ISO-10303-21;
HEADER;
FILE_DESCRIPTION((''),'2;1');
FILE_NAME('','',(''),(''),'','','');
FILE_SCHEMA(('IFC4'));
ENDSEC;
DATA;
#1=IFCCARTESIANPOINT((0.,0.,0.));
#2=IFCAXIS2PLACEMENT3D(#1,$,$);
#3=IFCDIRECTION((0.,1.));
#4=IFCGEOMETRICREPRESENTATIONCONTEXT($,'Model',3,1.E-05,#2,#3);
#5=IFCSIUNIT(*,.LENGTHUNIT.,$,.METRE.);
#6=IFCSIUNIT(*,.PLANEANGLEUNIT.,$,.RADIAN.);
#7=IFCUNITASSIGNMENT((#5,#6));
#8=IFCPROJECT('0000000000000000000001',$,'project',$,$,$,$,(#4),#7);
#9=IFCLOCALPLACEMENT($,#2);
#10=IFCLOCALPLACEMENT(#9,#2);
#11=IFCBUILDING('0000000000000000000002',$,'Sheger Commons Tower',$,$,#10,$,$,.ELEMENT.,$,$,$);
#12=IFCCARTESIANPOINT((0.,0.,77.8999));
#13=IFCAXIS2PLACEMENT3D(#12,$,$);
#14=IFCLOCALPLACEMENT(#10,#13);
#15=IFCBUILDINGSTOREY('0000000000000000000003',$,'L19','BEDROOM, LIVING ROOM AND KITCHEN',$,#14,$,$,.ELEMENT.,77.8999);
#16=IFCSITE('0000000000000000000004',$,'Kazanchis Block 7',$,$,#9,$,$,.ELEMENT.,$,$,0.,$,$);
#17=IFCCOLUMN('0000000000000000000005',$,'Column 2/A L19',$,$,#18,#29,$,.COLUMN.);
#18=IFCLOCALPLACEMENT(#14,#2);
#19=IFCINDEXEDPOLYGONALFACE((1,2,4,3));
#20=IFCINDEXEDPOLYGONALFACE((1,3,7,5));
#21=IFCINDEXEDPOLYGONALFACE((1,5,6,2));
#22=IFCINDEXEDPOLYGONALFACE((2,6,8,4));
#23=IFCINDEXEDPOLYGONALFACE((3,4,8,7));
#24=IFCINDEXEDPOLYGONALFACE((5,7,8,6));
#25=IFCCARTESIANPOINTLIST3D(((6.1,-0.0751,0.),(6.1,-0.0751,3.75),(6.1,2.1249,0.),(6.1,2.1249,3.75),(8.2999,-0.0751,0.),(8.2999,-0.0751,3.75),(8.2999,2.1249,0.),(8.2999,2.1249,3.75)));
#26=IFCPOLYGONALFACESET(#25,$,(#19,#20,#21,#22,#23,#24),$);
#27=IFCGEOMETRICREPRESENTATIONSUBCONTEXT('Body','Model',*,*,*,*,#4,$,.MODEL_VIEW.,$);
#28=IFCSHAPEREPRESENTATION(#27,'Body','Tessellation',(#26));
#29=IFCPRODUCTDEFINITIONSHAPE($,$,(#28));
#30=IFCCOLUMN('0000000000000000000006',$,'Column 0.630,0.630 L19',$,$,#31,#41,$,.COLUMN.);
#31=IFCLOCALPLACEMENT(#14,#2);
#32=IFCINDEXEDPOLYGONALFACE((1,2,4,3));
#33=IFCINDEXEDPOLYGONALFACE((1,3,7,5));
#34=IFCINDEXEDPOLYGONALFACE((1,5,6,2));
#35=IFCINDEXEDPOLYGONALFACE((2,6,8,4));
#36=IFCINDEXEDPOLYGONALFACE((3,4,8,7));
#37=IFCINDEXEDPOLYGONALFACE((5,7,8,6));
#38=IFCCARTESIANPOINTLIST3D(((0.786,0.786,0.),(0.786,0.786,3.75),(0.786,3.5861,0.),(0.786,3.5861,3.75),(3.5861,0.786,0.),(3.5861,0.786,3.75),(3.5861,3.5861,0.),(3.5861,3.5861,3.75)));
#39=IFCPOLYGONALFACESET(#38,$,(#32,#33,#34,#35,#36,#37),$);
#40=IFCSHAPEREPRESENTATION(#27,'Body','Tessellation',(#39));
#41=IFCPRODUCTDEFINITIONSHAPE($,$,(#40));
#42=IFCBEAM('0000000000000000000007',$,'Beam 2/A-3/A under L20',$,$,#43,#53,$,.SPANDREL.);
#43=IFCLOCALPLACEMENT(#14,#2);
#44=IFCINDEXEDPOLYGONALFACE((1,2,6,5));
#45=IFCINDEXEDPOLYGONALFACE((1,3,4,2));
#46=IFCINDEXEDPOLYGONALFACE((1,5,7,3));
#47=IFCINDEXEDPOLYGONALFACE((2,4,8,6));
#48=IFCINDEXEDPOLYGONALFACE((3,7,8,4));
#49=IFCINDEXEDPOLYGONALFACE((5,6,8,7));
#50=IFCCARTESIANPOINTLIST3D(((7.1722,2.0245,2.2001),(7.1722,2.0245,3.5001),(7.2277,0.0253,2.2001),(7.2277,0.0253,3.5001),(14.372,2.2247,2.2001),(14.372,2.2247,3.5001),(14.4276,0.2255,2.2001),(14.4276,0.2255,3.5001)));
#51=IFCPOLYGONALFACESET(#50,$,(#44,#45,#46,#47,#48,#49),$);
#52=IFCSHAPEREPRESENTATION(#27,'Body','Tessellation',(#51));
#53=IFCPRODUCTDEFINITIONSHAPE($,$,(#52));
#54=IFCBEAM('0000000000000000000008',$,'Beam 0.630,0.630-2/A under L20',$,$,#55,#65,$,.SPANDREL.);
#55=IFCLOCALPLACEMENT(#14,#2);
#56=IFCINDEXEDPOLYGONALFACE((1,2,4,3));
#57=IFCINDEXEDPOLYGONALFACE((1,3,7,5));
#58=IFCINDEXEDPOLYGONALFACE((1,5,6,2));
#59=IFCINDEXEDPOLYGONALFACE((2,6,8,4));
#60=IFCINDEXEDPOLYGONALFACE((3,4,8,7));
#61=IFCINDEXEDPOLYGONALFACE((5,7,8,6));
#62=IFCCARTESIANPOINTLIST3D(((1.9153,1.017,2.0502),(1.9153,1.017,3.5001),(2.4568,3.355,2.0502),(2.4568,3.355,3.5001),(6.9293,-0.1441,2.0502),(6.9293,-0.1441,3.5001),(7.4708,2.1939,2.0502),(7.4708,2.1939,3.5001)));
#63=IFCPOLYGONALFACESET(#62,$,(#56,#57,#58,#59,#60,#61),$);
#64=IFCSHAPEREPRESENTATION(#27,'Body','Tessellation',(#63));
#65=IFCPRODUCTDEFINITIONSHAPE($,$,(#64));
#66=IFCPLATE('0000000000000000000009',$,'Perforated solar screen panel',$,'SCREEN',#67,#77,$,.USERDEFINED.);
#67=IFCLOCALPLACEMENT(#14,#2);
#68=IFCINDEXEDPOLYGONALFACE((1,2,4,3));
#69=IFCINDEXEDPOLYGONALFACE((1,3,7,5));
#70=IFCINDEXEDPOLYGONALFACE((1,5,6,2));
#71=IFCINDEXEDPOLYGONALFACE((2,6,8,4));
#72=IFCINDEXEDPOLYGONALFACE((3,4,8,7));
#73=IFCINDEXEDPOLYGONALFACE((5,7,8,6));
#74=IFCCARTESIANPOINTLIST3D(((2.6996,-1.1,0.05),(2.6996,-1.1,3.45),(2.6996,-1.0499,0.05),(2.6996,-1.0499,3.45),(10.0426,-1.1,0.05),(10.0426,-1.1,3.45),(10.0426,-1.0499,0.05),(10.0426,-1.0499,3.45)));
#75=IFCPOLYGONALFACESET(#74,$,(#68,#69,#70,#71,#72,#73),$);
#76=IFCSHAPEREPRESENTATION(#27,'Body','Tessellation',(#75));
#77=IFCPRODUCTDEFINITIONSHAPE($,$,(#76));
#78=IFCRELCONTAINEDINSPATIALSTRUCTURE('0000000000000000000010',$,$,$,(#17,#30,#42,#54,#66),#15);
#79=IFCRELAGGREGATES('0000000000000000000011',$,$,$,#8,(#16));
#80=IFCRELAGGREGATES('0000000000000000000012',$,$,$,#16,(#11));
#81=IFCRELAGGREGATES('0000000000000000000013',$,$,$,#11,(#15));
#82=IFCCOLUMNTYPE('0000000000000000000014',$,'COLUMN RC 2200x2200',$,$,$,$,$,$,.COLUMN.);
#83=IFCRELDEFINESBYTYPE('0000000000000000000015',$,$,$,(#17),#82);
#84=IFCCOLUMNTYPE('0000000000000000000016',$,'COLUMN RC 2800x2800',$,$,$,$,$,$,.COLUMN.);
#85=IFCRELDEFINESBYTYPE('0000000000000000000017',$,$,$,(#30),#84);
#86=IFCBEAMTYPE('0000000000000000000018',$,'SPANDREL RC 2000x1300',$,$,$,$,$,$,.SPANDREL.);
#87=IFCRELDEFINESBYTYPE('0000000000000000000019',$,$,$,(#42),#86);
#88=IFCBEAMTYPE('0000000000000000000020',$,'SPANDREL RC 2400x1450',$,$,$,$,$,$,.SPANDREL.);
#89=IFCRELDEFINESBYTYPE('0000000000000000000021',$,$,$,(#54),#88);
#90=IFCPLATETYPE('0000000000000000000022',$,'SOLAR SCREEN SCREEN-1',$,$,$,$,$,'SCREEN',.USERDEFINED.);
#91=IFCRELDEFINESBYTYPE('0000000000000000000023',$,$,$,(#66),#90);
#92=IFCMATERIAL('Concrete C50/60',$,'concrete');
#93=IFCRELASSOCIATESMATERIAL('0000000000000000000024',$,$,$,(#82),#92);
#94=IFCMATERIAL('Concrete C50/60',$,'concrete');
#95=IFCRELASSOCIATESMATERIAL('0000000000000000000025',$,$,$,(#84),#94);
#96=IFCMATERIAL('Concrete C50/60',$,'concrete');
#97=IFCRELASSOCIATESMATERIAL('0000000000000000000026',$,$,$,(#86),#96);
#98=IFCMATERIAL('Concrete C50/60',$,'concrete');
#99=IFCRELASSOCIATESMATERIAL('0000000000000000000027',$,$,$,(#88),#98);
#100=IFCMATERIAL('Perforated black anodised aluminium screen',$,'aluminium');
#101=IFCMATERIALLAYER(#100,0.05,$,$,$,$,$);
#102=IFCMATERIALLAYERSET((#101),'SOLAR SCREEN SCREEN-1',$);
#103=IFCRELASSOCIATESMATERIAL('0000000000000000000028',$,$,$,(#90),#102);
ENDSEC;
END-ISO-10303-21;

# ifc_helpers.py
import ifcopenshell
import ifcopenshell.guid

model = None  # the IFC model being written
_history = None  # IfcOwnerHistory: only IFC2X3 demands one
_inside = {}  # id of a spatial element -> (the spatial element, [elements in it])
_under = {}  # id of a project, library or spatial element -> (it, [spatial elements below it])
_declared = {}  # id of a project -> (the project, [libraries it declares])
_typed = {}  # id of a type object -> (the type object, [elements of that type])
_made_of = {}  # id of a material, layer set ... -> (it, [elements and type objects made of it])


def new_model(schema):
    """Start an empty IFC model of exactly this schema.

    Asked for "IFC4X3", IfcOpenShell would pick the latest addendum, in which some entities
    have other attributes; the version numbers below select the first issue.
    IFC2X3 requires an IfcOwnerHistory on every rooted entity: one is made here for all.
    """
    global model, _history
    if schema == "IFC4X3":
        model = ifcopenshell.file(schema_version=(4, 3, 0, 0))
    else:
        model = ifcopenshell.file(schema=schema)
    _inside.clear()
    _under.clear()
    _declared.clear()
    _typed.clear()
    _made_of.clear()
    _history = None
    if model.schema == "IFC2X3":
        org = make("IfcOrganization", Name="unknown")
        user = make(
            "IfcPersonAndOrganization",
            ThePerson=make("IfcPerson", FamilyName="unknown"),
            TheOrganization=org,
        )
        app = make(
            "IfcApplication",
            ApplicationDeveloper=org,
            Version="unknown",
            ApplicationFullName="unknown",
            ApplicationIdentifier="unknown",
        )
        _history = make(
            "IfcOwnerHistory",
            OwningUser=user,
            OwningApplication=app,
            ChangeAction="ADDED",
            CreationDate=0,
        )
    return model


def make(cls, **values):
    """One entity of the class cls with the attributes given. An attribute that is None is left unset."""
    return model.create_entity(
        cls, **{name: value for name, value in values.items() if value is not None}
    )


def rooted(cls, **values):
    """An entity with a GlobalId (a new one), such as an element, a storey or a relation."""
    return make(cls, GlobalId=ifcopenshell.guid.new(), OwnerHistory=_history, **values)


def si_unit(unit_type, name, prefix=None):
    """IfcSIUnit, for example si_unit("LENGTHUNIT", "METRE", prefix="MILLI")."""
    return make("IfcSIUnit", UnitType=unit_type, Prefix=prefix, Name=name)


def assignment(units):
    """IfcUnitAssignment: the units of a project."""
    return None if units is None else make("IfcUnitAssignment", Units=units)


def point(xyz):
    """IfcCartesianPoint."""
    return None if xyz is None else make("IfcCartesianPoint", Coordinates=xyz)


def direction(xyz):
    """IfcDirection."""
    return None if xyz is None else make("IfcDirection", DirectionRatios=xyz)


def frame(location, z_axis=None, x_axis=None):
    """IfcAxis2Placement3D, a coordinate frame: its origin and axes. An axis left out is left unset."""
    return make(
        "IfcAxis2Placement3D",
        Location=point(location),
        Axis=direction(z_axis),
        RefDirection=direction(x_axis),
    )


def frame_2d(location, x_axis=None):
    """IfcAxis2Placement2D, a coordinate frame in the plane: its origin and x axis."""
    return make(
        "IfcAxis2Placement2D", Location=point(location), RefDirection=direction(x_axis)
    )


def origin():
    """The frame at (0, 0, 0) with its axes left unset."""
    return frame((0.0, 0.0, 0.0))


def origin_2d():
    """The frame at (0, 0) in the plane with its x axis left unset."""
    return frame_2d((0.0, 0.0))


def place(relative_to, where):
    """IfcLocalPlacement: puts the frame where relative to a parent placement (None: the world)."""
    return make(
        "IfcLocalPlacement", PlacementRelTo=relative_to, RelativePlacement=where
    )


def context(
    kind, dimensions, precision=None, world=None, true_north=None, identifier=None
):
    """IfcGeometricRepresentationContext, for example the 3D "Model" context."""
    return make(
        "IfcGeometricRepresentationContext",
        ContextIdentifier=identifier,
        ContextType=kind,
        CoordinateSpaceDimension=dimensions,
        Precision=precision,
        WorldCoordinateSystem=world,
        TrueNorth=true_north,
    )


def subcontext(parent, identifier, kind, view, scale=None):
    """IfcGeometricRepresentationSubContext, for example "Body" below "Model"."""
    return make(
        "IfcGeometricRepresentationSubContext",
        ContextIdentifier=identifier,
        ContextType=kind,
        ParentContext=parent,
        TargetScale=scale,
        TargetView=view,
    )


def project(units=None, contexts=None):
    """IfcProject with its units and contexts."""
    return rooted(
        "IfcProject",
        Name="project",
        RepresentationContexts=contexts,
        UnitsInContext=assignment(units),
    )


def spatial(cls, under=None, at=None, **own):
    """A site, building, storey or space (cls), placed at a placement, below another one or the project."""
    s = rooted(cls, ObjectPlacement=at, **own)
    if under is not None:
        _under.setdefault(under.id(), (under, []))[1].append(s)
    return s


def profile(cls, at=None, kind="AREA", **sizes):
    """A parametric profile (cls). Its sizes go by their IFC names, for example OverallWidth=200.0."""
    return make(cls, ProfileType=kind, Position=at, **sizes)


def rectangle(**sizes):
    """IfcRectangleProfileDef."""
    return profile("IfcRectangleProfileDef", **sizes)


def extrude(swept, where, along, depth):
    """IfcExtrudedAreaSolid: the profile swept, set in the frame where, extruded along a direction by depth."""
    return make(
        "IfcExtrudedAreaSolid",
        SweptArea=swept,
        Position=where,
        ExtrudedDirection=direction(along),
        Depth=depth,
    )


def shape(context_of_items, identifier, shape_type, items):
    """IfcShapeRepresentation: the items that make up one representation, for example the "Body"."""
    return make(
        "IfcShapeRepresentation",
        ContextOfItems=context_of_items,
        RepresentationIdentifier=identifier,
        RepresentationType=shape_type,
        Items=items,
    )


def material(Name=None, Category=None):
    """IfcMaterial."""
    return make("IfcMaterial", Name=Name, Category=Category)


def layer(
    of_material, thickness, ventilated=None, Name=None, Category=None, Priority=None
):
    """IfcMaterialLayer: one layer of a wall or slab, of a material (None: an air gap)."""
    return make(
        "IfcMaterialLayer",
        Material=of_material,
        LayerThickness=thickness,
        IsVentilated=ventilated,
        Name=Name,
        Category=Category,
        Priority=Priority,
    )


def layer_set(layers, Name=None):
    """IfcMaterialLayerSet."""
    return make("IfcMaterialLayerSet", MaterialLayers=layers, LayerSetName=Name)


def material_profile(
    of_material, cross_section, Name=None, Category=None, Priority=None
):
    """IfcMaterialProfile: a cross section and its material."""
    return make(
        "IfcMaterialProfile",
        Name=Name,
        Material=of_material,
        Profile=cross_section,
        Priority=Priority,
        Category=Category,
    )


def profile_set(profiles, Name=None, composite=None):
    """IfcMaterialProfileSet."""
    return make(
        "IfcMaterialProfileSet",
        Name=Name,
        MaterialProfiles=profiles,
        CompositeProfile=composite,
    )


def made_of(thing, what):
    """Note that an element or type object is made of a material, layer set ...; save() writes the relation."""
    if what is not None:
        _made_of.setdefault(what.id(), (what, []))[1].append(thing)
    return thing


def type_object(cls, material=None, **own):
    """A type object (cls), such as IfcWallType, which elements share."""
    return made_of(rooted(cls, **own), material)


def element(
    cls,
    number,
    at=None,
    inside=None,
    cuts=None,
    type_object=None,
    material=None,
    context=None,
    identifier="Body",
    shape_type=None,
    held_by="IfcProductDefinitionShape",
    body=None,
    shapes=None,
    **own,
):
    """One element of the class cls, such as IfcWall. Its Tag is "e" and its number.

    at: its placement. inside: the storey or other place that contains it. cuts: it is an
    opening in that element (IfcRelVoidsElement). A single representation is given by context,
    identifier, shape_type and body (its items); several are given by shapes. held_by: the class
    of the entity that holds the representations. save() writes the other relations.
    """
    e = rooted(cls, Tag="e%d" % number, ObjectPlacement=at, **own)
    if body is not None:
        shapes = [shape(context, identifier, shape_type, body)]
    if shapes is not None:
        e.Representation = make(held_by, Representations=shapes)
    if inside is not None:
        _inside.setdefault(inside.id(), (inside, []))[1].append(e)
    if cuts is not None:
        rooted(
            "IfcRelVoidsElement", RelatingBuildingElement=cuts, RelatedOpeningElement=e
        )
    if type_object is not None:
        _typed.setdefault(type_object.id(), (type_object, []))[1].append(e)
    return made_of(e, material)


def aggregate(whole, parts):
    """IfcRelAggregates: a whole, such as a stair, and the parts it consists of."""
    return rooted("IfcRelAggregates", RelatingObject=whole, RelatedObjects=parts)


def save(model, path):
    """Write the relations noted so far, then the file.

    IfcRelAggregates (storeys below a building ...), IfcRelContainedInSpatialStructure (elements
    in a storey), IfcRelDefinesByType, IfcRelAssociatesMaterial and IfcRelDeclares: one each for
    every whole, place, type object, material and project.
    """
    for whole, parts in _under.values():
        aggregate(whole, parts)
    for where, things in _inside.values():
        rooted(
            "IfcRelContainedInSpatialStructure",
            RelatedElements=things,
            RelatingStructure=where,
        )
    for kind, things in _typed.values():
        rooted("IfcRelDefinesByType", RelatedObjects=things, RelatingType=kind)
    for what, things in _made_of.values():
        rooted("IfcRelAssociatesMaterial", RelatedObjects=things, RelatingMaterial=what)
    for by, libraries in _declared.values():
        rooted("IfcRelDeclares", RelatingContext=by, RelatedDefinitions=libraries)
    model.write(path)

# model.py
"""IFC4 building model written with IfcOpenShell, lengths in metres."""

from ifc_helpers import new_model, si_unit, direction, frame, origin, origin_2d, place, context, subcontext, project, spatial, rectangle, extrude, material, layer, layer_set, material_profile, profile_set, type_object, element, save


model = new_model("IFC4")

# Units and contexts
model_context = context("Model", 3, precision=1e-05, world=origin(), true_north=direction((0.0, 1.0)))
body_context = subcontext(model_context, "Body", "Model", "MODEL_VIEW")
ifc_project = project(units=[si_unit("LENGTHUNIT", "METRE"), si_unit("PLANEANGLEUNIT", "RADIAN")], contexts=[model_context])

# Site, building, storey
site_placement = place(None, origin())
site = spatial("IfcSite", under=ifc_project, at=site_placement, Name="Kazanchis Block 7", CompositionType="ELEMENT", RefElevation=0.0)
building_placement = place(site_placement, origin())
building = spatial("IfcBuilding", under=site, at=building_placement, Name="Sheger Commons Tower", CompositionType="ELEMENT")
storey_placement = place(building_placement, frame((0.0, 0.0, 77.8999)))
storey = spatial("IfcBuildingStorey", under=building, at=storey_placement, Name="L19", Description="BEDROOM, LIVING ROOM AND KITCHEN", CompositionType="ELEMENT", Elevation=77.8999)

# Columns
ifc_material_1 = material(Name="Concrete C50/60", Category="concrete")
ifc_material_profile_1 = material_profile(ifc_material_1, rectangle(XDim=2.2, YDim=2.2, at=origin_2d()), Name="RC 2200x2200")
ifc_profile_set_1 = profile_set([ifc_material_profile_1], Name="Concrete C50/60")
column_type_1 = type_object("IfcColumnType", Name="COLUMN RC 2200x2200", PredefinedType="COLUMN", material=ifc_profile_set_1)
column_1_placement = place(storey_placement, frame((7.2, 1.0249, 0.0), z_axis=(0.0, 0.0, 1.0), x_axis=(1.0, 0.0, 0.0)))
element("IfcColumn", 1, at=column_1_placement, inside=storey, type_object=column_type_1, Name="Column 2/A L19", PredefinedType="COLUMN", context=body_context, shape_type="SweptSolid", body=[
    extrude(rectangle(XDim=2.2, YDim=2.2, at=origin_2d()), origin(), (0.0, 0.0, 1.0), 3.75),
])
ifc_material_2 = material(Name="Concrete C50/60", Category="concrete")
ifc_material_profile_2 = material_profile(ifc_material_2, rectangle(XDim=2.8, YDim=2.8, at=origin_2d()), Name="RC 2800x2800")
ifc_profile_set_2 = profile_set([ifc_material_profile_2], Name="Concrete C50/60")
column_type_2 = type_object("IfcColumnType", Name="COLUMN RC 2800x2800", PredefinedType="COLUMN", material=ifc_profile_set_2)
column_2_placement = place(storey_placement, frame((2.186, 2.186, 0.0), z_axis=(0.0, 0.0, 1.0), x_axis=(1.0, 0.0, 0.0)))
element("IfcColumn", 2, at=column_2_placement, inside=storey, type_object=column_type_2, Name="Column 0.630,0.630 L19", PredefinedType="COLUMN", context=body_context, shape_type="SweptSolid", body=[
    extrude(rectangle(XDim=2.8, YDim=2.8, at=origin_2d()), origin(), (0.0, 0.0, 1.0), 3.75),
])

# Beams
ifc_material_3 = material(Name="Concrete C50/60", Category="concrete")
ifc_material_profile_3 = material_profile(ifc_material_3, rectangle(XDim=2.0, YDim=1.3, at=origin_2d()), Name="RC 2000x1300")
ifc_profile_set_3 = profile_set([ifc_material_profile_3], Name="Concrete C50/60")
beam_type_1 = type_object("IfcBeamType", Name="SPANDREL RC 2000x1300", PredefinedType="SPANDREL", material=ifc_profile_set_3)
beam_1_placement = place(storey_placement, frame((7.2, 1.0249, 2.8501), z_axis=(0.999614, 0.027794, 0.0), x_axis=(-0.027794, 0.999614, 0.0)))
element("IfcBeam", 3, at=beam_1_placement, inside=storey, type_object=beam_type_1, Name="Beam 2/A-3/A under L20", PredefinedType="SPANDREL", context=body_context, shape_type="SweptSolid", body=[
    extrude(rectangle(XDim=2.0, YDim=1.3, at=origin_2d()), origin(), (0.0, 0.0, 1.0), 7.2026),
])
ifc_material_4 = material(Name="Concrete C50/60", Category="concrete")
ifc_material_profile_4 = material_profile(ifc_material_4, rectangle(XDim=2.3999, YDim=1.45, at=origin_2d()), Name="RC 2400x1450")
ifc_profile_set_4 = profile_set([ifc_material_profile_4], Name="Concrete C50/60")
beam_type_2 = type_object("IfcBeamType", Name="SPANDREL RC 2400x1450", PredefinedType="SPANDREL", material=ifc_profile_set_4)
beam_2_placement = place(storey_placement, frame((2.186, 2.186, 2.7751), z_axis=(0.974217, -0.225611, 0.0), x_axis=(0.225611, 0.974217, 0.0)))
element("IfcBeam", 4, at=beam_2_placement, inside=storey, type_object=beam_type_2, Name="Beam 0.630,0.630-2/A under L20", PredefinedType="SPANDREL", context=body_context, shape_type="SweptSolid", body=[
    extrude(rectangle(XDim=2.3999, YDim=1.45, at=origin_2d()), origin(), (0.0, 0.0, 1.0), 5.1467),
])

# Plate
ifc_material_5 = material(Name="Perforated black anodised aluminium screen", Category="aluminium")
ifc_layer_1 = layer(ifc_material_5, 0.05)
ifc_layer_set_1 = layer_set([ifc_layer_1], Name="SOLAR SCREEN SCREEN-1")
plate_type = type_object("IfcPlateType", Name="SOLAR SCREEN SCREEN-1", ElementType="SCREEN", PredefinedType="USERDEFINED", material=ifc_layer_set_1)
plate_placement = place(storey_placement, frame((6.3711, -1.075, 0.05), z_axis=(0.0, 0.0, 1.0), x_axis=(1.0, 0.0, 0.0)))
element("IfcPlate", 5, at=plate_placement, inside=storey, type_object=plate_type, Name="Perforated solar screen panel", ObjectType="SCREEN", PredefinedType="USERDEFINED", context=body_context, shape_type="SweptSolid", body=[
    extrude(rectangle(XDim=7.343, YDim=0.05, at=origin_2d()), origin(), (0.0, 0.0, 1.0), 3.3999),
])

save(model, "model.ifc")
